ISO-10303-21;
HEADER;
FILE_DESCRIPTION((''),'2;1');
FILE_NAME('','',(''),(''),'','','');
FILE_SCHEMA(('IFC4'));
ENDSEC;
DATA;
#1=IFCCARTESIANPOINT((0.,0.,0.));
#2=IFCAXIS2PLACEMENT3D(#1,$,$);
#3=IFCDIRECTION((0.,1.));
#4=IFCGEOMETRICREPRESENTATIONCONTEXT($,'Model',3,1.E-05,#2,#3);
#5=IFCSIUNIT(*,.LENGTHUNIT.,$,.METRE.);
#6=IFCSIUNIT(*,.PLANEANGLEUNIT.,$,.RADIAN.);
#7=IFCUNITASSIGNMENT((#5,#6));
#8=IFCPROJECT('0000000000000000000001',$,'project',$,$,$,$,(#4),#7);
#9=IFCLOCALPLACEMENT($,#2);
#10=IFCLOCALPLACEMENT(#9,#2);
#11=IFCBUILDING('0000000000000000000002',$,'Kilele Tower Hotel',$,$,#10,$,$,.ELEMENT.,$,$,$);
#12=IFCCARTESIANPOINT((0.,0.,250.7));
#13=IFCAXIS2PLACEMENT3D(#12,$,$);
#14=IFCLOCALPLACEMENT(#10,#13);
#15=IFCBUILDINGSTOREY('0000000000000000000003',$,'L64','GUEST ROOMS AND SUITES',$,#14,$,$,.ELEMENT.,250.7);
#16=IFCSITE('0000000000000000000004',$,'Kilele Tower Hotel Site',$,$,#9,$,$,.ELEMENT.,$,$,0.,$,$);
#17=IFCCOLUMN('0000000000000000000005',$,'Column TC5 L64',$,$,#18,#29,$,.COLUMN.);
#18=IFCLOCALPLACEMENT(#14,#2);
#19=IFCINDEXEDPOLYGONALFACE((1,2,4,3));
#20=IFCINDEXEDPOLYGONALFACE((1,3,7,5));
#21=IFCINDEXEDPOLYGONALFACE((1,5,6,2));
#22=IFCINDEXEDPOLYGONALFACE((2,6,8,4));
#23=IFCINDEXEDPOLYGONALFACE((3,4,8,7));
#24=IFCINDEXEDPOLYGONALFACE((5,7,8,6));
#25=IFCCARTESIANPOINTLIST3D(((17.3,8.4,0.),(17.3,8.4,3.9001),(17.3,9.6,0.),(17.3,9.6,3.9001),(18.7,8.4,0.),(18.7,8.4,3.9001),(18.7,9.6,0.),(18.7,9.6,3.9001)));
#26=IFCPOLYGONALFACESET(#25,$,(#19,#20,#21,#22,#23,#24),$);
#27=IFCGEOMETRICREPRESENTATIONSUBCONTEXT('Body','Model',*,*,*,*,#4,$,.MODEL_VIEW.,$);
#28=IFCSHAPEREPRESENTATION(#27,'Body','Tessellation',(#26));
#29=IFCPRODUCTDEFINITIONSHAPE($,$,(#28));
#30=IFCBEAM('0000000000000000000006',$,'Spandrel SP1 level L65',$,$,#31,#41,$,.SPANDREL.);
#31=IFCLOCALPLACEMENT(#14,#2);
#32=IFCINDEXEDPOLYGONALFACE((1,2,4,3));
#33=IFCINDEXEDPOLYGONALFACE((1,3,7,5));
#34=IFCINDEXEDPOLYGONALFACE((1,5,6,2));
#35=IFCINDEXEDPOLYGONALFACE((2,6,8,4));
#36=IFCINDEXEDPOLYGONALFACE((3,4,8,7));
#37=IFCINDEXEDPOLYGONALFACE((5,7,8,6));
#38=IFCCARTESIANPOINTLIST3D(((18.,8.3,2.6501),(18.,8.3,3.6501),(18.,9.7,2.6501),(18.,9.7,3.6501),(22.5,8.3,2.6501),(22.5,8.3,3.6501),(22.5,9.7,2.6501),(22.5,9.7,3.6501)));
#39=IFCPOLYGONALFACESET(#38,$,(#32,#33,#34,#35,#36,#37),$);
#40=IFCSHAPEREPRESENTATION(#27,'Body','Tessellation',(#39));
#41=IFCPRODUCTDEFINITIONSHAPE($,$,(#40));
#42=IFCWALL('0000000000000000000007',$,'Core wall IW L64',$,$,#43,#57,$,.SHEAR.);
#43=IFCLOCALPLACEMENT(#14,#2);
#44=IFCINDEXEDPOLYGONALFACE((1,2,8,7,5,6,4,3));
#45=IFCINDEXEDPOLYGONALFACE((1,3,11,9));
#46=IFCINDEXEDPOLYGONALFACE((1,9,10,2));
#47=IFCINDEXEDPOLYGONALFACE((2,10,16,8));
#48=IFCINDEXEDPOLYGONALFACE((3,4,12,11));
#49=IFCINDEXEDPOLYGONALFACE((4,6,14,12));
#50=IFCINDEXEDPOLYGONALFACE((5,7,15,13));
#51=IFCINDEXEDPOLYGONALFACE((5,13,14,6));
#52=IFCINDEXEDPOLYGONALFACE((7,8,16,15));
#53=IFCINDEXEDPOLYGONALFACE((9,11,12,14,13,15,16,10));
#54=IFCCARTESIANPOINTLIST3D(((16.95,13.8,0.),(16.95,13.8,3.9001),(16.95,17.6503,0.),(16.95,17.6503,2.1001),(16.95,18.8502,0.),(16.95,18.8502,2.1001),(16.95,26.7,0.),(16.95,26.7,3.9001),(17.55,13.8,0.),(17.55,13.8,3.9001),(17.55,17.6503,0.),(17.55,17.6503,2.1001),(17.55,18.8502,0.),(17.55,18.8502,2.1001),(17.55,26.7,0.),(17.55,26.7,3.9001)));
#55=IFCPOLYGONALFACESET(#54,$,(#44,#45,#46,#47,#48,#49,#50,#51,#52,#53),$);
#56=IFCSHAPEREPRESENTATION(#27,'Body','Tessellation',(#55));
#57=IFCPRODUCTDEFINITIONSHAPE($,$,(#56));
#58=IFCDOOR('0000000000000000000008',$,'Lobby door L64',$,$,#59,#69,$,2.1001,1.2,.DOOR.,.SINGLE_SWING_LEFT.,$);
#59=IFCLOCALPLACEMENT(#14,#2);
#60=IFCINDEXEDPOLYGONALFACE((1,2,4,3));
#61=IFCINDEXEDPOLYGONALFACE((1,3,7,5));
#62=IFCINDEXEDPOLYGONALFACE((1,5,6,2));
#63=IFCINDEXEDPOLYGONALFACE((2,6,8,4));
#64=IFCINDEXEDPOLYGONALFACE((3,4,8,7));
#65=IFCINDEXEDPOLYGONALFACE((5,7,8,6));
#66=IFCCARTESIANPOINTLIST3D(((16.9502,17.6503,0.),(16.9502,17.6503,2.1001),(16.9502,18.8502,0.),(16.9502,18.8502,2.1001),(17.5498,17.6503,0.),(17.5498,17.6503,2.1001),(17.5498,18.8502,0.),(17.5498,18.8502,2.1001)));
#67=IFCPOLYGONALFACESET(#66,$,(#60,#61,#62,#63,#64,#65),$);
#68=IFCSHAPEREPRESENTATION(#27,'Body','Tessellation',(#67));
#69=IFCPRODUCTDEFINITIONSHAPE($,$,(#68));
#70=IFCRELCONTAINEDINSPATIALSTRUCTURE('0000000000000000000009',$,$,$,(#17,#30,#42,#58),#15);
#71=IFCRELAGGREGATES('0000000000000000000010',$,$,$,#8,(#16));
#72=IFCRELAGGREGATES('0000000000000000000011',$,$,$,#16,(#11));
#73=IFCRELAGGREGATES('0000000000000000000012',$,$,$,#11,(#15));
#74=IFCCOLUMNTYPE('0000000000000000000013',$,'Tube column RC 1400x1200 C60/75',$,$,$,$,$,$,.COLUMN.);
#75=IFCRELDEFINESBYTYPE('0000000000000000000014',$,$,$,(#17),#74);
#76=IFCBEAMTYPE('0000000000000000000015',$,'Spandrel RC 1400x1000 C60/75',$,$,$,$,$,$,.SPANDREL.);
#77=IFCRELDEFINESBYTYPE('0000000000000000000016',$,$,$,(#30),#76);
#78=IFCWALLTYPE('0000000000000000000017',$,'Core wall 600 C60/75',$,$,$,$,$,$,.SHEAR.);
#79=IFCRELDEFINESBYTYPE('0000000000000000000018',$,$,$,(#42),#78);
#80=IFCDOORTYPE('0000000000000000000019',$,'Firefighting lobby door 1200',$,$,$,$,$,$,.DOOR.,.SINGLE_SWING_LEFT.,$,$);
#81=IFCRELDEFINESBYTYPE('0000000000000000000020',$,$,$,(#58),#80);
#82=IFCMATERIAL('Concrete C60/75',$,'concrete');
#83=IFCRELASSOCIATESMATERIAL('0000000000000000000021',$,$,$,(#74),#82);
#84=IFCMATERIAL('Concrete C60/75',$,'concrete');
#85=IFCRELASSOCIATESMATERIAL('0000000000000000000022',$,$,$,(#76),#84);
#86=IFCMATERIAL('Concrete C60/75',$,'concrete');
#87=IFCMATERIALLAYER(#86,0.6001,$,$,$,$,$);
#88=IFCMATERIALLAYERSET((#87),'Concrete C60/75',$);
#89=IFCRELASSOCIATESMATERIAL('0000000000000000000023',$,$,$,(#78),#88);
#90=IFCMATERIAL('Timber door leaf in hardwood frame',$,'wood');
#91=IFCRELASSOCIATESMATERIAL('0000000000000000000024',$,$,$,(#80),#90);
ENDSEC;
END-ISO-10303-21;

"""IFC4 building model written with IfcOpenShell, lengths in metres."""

from ifc_helpers import new_model, si_unit, direction, frame, frame_2d, origin, origin_2d, place, context, subcontext, project, spatial, rectangle, extrude, material, layer, layer_set, material_profile, profile_set, type_object, element, fill, save


model = new_model("IFC4")

# Units and contexts
model_context = context("Model", 3, precision=1e-05, world=origin(), true_north=direction((0.0, 1.0)))
body_context = subcontext(model_context, "Body", "Model", "MODEL_VIEW")
ifc_project = project(units=[si_unit("LENGTHUNIT", "METRE"), si_unit("PLANEANGLEUNIT", "RADIAN")], contexts=[model_context])

# Site, building, storey
site_placement = place(None, origin())
site = spatial("IfcSite", under=ifc_project, at=site_placement, Name="Kilele Tower Hotel Site", CompositionType="ELEMENT", RefElevation=0.0)
building_placement = place(site_placement, origin())
building = spatial("IfcBuilding", under=site, at=building_placement, Name="Kilele Tower Hotel", CompositionType="ELEMENT")
storey_placement = place(building_placement, frame((0.0, 0.0, 250.7)))
storey = spatial("IfcBuildingStorey", under=building, at=storey_placement, Name="L64", Description="GUEST ROOMS AND SUITES", CompositionType="ELEMENT", Elevation=250.7)

# Column
ifc_material_1 = material(Name="Concrete C60/75", Category="concrete")
ifc_material_profile_1 = material_profile(ifc_material_1, rectangle(XDim=1.3999, YDim=1.2, at=origin_2d()))
ifc_profile_set_1 = profile_set([ifc_material_profile_1], Name="Concrete C60/75")
column_type = type_object("IfcColumnType", Name="Tube column RC 1400x1200 C60/75", PredefinedType="COLUMN", material=ifc_profile_set_1)
column_placement = place(storey_placement, frame((18.0, 9.0, 0.0), z_axis=(0.0, 0.0, 1.0), x_axis=(1.0, 0.0, 0.0)))
element("IfcColumn", 1, at=column_placement, inside=storey, type_object=column_type, Name="Column TC5 L64", PredefinedType="COLUMN", context=body_context, shape_type="SweptSolid", body=[
    extrude(rectangle(XDim=1.3999, YDim=1.2, at=origin_2d()), origin(), (0.0, 0.0, 1.0), 3.9001),
])

# Beam
ifc_material_2 = material(Name="Concrete C60/75", Category="concrete")
ifc_material_profile_2 = material_profile(ifc_material_2, rectangle(XDim=1.3999, YDim=1.0, at=origin_2d()))
ifc_profile_set_2 = profile_set([ifc_material_profile_2], Name="Concrete C60/75")
beam_type = type_object("IfcBeamType", Name="Spandrel RC 1400x1000 C60/75", PredefinedType="SPANDREL", material=ifc_profile_set_2)
beam_placement = place(storey_placement, frame((18.0, 9.0, 3.1501), z_axis=(1.0, 0.0, 0.0), x_axis=(0.0, 1.0, 0.0)))
element("IfcBeam", 2, at=beam_placement, inside=storey, type_object=beam_type, Name="Spandrel SP1 level L65", PredefinedType="SPANDREL", context=body_context, shape_type="SweptSolid", body=[
    extrude(rectangle(XDim=1.3999, YDim=1.0, at=origin_2d()), origin(), (0.0, 0.0, 1.0), 4.5),
])

# Wall, opening, door
ifc_material_3 = material(Name="Concrete C60/75", Category="concrete")
ifc_layer_1 = layer(ifc_material_3, 0.6001)
ifc_layer_set_1 = layer_set([ifc_layer_1], Name="Concrete C60/75")
wall_type_1 = type_object("IfcWallType", Name="Core wall 600 C60/75", PredefinedType="SHEAR", material=ifc_layer_set_1)
wall_1_placement = place(storey_placement, frame((17.25, 13.8, 0.0), z_axis=(0.0, 0.0, 1.0), x_axis=(0.0, 1.0, 0.0)))
wall_1 = element("IfcWall", 3, at=wall_1_placement, inside=storey, type_object=wall_type_1, Name="Core wall IW L64", PredefinedType="SHEAR", context=body_context, shape_type="SweptSolid", body=[
    extrude(rectangle(XDim=12.8999, YDim=0.6001, at=frame_2d((6.45, 0.0))), origin(), (0.0, 0.0, 1.0), 3.9001),
])
opening_1_placement = place(wall_1_placement, frame((3.8501, 0.0, 0.0)))
opening_1 = element("IfcOpeningElement", 4, at=opening_1_placement, cuts=wall_1, PredefinedType="OPENING", context=body_context, shape_type="SweptSolid", body=[
    extrude(rectangle(XDim=1.2, YDim=2.1001, at=frame_2d((0.6001, 1.05))), frame((0.0, 0.3101, 0.0), z_axis=(0.0, -1.0, 0.0), x_axis=(1.0, 0.0, 0.0)), (0.0, 0.0, 1.0), 0.6201),
])
ifc_material_4 = material(Name="Timber door leaf in hardwood frame", Category="wood")
door_type_1 = type_object("IfcDoorType", Name="Firefighting lobby door 1200", OperationType="SINGLE_SWING_LEFT", PredefinedType="DOOR", material=ifc_material_4)
door_1_placement = place(opening_1_placement, origin())
door_1 = element("IfcDoor", 5, at=door_1_placement, inside=storey, type_object=door_type_1, Name="Lobby door L64", OperationType="SINGLE_SWING_LEFT", OverallHeight=2.1001, OverallWidth=1.2, PredefinedType="DOOR", context=body_context, shape_type="SweptSolid", body=[
    extrude(rectangle(XDim=1.2, YDim=2.1001, at=frame_2d((0.6001, 1.05))), frame((0.0, 0.2998, 0.0), z_axis=(0.0, -1.0, 0.0), x_axis=(1.0, 0.0, 0.0)), (0.0, 0.0, 1.0), 0.5996),
])
fill(opening_1, door_1)

save(model, "model.ifc")
